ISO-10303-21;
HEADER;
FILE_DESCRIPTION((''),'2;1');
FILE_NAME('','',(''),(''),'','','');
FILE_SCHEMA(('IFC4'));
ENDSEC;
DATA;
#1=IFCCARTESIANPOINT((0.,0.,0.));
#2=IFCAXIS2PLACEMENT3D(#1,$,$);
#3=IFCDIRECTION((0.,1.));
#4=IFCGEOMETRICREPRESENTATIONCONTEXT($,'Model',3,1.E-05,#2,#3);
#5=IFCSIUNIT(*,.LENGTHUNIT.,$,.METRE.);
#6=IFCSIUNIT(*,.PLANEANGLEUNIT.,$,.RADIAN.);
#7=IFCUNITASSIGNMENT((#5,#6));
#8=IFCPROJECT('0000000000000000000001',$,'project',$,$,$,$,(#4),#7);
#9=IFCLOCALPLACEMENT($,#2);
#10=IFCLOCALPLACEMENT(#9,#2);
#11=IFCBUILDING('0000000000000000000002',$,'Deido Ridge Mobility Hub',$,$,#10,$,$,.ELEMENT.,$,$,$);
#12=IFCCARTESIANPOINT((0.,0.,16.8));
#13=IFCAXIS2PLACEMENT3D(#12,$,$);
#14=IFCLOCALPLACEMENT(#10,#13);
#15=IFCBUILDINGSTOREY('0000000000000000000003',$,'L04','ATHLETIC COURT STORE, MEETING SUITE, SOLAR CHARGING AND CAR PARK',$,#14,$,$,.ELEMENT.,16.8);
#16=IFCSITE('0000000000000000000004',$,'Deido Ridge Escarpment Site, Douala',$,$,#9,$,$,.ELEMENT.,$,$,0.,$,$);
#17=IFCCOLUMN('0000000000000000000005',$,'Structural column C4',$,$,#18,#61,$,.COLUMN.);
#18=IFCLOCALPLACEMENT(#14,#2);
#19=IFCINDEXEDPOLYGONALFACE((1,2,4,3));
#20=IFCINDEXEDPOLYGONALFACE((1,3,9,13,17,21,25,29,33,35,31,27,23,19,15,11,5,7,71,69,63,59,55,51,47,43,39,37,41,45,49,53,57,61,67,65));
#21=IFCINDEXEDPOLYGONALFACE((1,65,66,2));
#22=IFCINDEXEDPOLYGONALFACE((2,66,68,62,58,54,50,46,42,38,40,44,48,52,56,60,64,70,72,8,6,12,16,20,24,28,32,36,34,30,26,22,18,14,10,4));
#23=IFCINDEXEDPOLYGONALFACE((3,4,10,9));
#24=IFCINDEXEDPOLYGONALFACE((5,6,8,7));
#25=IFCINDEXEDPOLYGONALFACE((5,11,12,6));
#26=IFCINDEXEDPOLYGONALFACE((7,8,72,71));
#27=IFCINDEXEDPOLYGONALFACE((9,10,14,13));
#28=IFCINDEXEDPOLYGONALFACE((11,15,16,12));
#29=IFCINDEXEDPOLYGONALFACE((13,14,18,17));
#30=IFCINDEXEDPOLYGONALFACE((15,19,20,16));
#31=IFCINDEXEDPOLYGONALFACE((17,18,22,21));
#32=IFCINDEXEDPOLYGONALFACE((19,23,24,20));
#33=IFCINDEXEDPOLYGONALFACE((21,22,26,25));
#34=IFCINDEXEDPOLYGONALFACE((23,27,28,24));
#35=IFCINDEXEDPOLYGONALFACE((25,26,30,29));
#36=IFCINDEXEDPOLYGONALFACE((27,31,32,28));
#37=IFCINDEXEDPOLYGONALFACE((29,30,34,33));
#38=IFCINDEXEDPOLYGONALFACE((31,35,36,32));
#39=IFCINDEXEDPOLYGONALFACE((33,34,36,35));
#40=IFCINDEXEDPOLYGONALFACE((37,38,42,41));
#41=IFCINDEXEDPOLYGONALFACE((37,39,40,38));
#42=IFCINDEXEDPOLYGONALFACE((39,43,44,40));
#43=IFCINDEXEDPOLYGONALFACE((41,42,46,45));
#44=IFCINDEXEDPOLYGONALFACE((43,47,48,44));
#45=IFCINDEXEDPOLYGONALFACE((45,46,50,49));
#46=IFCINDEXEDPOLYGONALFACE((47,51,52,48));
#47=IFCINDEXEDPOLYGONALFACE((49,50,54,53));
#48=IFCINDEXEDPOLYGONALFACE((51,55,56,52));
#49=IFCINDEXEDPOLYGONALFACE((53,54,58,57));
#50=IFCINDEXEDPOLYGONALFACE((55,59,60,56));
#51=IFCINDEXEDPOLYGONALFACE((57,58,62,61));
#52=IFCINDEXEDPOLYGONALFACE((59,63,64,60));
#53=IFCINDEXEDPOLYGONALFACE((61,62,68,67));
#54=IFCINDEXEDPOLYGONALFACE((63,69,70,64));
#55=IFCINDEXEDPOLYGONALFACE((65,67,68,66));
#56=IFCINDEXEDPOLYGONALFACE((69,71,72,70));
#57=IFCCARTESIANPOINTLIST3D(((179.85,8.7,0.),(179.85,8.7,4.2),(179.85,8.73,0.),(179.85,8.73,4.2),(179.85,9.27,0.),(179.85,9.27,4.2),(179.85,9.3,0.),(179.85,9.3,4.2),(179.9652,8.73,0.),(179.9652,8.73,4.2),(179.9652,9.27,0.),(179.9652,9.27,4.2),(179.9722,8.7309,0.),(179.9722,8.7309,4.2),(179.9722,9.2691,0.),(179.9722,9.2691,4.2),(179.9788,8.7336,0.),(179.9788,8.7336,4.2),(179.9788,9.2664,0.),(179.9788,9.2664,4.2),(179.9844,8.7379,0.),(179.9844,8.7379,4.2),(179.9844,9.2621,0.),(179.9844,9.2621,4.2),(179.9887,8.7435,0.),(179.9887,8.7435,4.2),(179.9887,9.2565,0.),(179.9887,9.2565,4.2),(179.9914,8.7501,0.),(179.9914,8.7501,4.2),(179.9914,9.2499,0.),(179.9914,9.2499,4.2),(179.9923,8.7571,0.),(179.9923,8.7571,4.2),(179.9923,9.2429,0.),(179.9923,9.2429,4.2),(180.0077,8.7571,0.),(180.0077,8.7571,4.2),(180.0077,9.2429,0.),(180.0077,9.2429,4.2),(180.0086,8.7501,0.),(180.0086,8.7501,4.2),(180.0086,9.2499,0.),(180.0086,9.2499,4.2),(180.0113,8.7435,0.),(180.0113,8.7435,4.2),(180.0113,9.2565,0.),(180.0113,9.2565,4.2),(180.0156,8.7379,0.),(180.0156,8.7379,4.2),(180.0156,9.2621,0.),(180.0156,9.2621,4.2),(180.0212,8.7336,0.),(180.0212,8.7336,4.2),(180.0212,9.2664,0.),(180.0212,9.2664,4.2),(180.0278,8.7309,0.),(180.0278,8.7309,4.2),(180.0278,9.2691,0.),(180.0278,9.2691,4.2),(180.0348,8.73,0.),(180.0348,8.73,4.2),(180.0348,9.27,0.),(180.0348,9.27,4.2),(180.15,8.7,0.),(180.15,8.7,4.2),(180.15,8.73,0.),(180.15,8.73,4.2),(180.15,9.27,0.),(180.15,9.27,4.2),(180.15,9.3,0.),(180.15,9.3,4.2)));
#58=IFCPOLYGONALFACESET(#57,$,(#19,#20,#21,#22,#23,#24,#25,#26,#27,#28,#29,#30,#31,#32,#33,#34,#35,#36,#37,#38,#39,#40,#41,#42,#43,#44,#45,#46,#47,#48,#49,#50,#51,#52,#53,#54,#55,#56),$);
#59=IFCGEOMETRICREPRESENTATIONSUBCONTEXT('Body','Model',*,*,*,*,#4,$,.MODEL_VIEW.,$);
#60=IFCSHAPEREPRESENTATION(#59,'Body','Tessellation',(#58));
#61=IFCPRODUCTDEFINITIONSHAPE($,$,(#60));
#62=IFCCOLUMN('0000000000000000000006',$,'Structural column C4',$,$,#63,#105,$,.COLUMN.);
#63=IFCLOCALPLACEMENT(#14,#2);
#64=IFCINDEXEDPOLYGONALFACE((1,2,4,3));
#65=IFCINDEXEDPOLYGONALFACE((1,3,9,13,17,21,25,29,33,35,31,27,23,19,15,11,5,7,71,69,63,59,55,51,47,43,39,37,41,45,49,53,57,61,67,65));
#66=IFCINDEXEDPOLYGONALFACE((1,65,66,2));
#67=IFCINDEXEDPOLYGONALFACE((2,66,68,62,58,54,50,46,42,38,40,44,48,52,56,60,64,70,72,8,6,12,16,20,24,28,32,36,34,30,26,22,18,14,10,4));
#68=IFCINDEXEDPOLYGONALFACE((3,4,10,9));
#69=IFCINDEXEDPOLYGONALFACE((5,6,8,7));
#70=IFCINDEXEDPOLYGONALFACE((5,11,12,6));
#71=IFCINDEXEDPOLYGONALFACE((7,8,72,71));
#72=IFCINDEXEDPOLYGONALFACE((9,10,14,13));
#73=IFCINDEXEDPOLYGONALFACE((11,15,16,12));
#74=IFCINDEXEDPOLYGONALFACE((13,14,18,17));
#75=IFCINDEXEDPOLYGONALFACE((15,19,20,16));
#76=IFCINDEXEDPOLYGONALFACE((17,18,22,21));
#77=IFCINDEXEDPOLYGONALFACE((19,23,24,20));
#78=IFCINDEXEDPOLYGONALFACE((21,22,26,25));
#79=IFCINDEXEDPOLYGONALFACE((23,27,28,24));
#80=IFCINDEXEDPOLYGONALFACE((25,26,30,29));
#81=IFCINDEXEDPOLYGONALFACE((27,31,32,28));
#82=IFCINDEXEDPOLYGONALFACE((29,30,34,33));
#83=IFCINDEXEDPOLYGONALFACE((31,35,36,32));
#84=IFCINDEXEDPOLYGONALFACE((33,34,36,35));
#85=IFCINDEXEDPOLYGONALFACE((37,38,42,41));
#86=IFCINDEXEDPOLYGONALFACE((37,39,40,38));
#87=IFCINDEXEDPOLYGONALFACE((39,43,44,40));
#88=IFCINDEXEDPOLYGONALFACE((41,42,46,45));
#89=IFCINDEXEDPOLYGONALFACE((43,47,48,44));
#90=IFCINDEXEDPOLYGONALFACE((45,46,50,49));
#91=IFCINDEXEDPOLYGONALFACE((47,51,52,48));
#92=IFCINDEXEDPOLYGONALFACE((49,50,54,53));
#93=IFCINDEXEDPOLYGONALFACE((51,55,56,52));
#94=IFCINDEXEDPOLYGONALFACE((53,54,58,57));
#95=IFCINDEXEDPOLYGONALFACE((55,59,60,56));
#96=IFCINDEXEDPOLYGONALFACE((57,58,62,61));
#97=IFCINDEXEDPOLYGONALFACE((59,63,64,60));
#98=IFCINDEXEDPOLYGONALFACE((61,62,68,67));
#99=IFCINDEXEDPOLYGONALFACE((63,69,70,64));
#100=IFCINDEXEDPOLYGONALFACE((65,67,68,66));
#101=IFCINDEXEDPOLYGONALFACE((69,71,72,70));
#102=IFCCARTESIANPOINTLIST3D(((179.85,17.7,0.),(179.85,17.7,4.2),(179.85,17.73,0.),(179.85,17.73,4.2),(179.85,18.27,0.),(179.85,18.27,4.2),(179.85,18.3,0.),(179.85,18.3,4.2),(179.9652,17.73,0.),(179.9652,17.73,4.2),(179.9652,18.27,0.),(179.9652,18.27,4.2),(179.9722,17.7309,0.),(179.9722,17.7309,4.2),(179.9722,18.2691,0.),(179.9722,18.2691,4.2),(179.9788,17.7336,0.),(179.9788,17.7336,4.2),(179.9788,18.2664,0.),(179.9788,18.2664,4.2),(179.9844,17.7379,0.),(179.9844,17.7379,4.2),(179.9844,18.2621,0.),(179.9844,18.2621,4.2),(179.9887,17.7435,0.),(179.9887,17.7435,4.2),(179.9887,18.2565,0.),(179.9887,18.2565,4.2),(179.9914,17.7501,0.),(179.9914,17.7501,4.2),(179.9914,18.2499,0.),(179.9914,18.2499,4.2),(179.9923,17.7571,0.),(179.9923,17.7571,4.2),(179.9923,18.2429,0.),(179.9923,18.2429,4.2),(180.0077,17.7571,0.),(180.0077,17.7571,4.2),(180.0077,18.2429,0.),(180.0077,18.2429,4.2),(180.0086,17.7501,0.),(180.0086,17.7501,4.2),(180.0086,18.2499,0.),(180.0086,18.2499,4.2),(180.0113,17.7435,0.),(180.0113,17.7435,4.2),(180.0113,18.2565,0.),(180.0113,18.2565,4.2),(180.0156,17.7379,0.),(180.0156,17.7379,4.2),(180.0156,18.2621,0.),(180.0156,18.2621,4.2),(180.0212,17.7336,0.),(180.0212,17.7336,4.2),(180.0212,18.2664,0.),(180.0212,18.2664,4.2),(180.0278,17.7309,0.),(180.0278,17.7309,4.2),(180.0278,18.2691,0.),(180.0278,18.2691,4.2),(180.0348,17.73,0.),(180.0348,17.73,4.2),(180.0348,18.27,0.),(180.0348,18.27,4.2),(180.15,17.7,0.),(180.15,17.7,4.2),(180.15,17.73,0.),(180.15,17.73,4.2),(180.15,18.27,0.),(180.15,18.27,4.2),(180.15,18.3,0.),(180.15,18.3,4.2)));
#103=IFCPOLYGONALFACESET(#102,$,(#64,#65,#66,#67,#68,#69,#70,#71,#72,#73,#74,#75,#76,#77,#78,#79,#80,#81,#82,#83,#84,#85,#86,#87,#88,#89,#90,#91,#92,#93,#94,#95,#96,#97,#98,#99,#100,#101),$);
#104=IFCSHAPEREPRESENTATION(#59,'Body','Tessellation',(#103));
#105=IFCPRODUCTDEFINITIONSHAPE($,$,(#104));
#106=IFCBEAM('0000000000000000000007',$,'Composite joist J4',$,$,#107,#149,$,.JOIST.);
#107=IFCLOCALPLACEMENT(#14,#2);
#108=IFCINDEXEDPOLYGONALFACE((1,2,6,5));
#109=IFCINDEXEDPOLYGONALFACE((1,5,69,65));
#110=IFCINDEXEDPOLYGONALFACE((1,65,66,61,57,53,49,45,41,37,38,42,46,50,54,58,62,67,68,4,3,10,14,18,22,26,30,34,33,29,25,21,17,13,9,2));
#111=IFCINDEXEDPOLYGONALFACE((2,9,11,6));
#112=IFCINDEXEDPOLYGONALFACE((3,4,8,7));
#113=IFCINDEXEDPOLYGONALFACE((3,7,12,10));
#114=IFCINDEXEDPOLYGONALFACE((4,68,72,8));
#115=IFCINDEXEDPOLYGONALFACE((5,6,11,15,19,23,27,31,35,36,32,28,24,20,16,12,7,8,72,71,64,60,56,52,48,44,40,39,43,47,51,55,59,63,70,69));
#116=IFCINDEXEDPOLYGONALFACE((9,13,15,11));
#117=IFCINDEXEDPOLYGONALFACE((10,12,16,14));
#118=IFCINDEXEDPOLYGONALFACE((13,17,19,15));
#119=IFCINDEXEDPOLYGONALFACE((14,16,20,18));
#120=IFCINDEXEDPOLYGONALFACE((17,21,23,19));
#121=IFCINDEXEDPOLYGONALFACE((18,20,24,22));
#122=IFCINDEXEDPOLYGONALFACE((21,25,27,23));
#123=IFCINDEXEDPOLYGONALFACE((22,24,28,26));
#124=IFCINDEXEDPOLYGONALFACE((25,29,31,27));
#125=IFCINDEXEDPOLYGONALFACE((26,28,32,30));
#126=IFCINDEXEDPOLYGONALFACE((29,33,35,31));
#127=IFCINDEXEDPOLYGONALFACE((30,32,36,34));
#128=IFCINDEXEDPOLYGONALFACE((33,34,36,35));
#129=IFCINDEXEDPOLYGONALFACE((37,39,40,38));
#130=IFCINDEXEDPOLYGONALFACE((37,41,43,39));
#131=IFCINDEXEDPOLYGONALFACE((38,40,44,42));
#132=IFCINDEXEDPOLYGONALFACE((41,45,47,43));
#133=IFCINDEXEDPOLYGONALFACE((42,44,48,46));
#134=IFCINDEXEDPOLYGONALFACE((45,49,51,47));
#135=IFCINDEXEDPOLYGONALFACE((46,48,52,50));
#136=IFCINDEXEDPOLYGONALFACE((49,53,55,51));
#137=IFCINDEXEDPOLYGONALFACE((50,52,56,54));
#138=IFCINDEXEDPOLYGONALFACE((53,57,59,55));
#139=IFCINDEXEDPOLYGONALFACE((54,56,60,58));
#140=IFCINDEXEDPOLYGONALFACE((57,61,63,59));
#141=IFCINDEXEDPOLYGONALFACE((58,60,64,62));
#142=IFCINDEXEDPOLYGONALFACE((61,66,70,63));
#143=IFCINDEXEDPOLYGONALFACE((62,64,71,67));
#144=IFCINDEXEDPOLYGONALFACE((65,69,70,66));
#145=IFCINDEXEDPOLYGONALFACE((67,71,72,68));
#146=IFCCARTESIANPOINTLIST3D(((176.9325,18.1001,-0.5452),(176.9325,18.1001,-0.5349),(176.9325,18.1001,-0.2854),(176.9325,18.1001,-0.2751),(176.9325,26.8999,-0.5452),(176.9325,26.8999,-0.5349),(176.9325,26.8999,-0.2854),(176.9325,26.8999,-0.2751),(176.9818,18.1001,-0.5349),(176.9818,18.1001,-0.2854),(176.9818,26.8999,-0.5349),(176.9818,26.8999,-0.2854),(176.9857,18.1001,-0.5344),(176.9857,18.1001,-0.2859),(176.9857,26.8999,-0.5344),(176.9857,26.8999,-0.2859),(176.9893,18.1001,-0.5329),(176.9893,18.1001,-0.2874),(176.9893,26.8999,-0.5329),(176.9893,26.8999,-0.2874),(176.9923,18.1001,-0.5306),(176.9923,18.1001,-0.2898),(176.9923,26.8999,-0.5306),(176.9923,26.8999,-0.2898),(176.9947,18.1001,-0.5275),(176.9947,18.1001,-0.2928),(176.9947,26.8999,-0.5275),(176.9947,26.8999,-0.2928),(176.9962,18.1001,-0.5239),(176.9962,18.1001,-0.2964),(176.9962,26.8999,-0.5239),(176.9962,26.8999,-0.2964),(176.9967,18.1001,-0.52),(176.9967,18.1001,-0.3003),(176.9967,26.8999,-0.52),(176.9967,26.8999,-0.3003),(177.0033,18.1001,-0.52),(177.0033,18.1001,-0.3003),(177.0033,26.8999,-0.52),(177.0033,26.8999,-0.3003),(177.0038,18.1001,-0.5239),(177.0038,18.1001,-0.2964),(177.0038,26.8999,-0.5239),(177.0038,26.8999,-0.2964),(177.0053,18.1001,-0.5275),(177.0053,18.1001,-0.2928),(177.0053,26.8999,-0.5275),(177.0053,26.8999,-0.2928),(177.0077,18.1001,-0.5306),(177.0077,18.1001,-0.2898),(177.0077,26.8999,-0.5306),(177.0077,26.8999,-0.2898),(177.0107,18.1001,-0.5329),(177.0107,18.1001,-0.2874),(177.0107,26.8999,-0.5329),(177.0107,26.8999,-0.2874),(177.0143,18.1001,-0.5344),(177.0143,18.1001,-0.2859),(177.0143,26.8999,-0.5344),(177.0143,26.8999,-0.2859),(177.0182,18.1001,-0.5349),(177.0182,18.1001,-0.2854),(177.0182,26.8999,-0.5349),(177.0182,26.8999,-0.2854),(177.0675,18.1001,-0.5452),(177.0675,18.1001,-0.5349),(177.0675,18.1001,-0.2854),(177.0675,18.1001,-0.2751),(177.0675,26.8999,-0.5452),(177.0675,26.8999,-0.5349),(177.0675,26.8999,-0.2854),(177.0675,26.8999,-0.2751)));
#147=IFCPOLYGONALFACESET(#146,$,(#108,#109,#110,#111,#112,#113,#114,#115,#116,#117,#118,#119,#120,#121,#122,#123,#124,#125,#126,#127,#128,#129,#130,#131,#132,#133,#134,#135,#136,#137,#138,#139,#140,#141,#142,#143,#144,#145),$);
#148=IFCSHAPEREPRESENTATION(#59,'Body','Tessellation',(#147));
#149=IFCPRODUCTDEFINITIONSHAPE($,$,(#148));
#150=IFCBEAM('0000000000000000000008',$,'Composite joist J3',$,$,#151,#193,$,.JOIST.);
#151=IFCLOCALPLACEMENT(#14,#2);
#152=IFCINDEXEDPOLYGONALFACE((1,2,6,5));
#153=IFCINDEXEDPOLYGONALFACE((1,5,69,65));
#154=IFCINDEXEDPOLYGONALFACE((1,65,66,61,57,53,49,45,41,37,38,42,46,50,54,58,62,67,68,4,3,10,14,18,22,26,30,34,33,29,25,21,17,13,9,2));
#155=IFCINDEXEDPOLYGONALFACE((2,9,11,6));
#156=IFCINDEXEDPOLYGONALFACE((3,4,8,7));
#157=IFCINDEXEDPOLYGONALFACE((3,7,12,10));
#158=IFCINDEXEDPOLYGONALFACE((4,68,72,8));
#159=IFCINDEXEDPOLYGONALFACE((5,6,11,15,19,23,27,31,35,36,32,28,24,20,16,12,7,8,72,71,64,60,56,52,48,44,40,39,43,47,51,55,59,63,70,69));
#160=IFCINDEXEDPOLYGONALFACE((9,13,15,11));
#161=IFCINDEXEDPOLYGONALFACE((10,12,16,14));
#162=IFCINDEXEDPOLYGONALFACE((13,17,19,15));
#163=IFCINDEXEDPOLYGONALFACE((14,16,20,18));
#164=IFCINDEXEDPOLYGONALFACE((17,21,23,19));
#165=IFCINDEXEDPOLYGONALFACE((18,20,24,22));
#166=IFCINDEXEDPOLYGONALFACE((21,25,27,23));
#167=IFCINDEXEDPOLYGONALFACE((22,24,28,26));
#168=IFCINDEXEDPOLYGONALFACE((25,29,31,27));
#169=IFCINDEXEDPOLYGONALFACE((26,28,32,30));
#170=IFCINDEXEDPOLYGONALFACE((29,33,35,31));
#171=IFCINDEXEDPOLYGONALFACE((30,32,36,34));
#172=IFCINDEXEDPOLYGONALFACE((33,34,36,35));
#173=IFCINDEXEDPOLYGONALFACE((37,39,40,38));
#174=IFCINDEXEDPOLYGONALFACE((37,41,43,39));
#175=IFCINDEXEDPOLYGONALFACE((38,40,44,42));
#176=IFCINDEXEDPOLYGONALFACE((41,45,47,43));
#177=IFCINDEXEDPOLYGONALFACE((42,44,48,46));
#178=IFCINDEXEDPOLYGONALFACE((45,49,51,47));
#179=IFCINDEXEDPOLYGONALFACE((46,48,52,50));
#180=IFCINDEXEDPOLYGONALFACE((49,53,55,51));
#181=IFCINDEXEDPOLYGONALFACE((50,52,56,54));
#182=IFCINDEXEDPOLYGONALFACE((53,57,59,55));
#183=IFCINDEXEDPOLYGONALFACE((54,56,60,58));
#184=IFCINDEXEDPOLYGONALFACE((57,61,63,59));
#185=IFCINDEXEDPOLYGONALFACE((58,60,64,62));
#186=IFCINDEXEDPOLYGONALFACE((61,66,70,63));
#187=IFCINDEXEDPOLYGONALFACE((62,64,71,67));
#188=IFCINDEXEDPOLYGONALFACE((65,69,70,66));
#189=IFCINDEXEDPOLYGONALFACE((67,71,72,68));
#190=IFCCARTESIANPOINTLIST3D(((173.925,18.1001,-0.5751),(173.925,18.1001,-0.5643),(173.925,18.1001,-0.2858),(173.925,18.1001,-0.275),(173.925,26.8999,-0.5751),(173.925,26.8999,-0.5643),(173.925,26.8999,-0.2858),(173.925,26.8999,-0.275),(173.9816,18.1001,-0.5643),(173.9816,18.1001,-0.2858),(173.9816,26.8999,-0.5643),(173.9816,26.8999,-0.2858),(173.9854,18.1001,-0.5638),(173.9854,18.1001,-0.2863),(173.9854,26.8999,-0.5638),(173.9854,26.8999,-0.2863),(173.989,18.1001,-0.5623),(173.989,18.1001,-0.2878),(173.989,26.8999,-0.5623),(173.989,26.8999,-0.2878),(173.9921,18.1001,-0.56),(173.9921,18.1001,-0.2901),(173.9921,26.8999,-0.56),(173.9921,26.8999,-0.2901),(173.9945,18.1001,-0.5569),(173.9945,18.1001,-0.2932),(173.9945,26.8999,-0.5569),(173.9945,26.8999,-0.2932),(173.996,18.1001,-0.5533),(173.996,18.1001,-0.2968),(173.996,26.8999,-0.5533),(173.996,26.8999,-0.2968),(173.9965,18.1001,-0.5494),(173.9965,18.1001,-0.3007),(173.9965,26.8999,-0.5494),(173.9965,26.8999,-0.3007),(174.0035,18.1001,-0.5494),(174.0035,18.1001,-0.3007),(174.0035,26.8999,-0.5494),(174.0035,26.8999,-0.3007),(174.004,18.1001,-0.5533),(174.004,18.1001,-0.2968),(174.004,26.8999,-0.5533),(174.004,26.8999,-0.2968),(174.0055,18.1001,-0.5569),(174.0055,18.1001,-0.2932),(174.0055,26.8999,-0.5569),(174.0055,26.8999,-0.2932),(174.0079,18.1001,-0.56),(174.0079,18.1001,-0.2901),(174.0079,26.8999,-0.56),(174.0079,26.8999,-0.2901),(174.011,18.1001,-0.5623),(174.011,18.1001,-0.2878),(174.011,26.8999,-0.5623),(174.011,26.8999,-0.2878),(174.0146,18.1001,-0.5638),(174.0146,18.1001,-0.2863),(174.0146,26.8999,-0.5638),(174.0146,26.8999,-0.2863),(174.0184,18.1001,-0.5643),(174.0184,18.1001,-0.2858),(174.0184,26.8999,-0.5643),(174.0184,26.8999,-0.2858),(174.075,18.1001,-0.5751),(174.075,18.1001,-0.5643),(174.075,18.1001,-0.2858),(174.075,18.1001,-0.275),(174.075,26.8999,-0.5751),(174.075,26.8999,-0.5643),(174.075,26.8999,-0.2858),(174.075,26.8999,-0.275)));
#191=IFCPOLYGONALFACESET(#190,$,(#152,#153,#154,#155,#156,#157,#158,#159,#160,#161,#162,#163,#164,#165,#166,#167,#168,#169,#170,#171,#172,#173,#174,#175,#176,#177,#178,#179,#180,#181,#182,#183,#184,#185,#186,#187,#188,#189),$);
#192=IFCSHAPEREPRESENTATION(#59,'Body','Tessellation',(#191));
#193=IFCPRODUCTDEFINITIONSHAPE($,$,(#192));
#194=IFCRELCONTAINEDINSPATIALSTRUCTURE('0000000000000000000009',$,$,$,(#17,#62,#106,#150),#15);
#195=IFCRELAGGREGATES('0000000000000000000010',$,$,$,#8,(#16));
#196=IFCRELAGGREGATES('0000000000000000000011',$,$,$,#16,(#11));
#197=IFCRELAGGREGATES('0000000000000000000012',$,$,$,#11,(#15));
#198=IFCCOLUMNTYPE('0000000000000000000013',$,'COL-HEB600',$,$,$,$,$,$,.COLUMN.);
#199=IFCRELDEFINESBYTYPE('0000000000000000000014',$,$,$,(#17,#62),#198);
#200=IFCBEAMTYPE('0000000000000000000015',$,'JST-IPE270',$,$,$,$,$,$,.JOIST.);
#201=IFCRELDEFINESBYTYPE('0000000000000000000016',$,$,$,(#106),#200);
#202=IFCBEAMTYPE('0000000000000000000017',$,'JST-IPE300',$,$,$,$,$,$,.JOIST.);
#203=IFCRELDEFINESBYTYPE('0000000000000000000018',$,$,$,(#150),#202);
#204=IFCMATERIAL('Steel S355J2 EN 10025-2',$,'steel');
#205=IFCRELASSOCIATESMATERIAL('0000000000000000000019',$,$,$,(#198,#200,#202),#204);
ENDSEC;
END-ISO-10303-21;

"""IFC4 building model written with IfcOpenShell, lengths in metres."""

from ifc_helpers import new_model, si_unit, direction, frame, origin, origin_2d, place, context, subcontext, project, spatial, i_section, extrude, material, material_profile, profile_set, type_object, element, save


model = new_model("IFC4")

# Units and contexts
model_context = context("Model", 3, precision=1e-05, world=origin(), true_north=direction((0.0, 1.0)))
body_context = subcontext(model_context, "Body", "Model", "MODEL_VIEW")
ifc_project = project(units=[si_unit("LENGTHUNIT", "METRE"), si_unit("PLANEANGLEUNIT", "RADIAN")], contexts=[model_context])

# Site, building, storey
site_placement = place(None, origin())
site = spatial("IfcSite", under=ifc_project, at=site_placement, Name="Deido Ridge Escarpment Site, Douala", CompositionType="ELEMENT", RefElevation=0.0)
building_placement = place(site_placement, origin())
building = spatial("IfcBuilding", under=site, at=building_placement, Name="Deido Ridge Mobility Hub", CompositionType="ELEMENT")
storey_placement = place(building_placement, frame((0.0, 0.0, 16.8)))
storey = spatial("IfcBuildingStorey", under=building, at=storey_placement, Name="L04", Description="ATHLETIC COURT STORE, MEETING SUITE, SOLAR CHARGING AND CAR PARK", CompositionType="ELEMENT", Elevation=16.8)

# Columns
ifc_material_1 = material(Name="Steel S355J2 EN 10025-2", Category="steel")
ifc_material_profile_1 = material_profile(ifc_material_1, i_section(OverallWidth=0.3, OverallDepth=0.6001, WebThickness=0.0154, FlangeThickness=0.03, FilletRadius=0.0271, at=origin_2d()), Name="HEB 600")
ifc_profile_set_1 = profile_set([ifc_material_profile_1], Name="Steel S355J2 EN 10025-2")
column_type = type_object("IfcColumnType", Name="COL-HEB600", PredefinedType="COLUMN", material=ifc_profile_set_1)
for number, where, z_axis, x_axis, name in (
    (1, (180.0, 9.0, 0.0), (0.0, 0.0, 1.0), (1.0, 0.0, 0.0), "Structural column C4"),
    (2, (180.0, 18.0, 0.0), (0.0, 0.0, 1.0), (1.0, 0.0, 0.0), "Structural column C4"),
):
    element("IfcColumn", number, at=place(storey_placement, frame(where, z_axis=z_axis, x_axis=x_axis)), inside=storey, type_object=column_type, Name=name, PredefinedType="COLUMN", context=body_context, shape_type="SweptSolid", body=[
        extrude(i_section(OverallWidth=0.3, OverallDepth=0.6001, WebThickness=0.0154, FlangeThickness=0.03, FilletRadius=0.0271, at=origin_2d()), origin(), (0.0, 0.0, 1.0), 4.2),
    ])

# Beams
ifc_material_profile_2 = material_profile(ifc_material_1, i_section(OverallWidth=0.135, OverallDepth=0.27, WebThickness=0.0066, FlangeThickness=0.0103, FilletRadius=0.0149, at=origin_2d()), Name="IPE 270")
ifc_profile_set_2 = profile_set([ifc_material_profile_2], Name="Steel S355J2 EN 10025-2")
beam_type_1 = type_object("IfcBeamType", Name="JST-IPE270", PredefinedType="JOIST", material=ifc_profile_set_2)
beam_1_placement = place(storey_placement, frame((177.0, 18.1001, -0.4102), z_axis=(0.0, 1.0, 0.0), x_axis=(-1.0, 0.0, 0.0)))
element("IfcBeam", 3, at=beam_1_placement, inside=storey, type_object=beam_type_1, Name="Composite joist J4", PredefinedType="JOIST", context=body_context, shape_type="SweptSolid", body=[
    extrude(i_section(OverallWidth=0.135, OverallDepth=0.27, WebThickness=0.0066, FlangeThickness=0.0103, FilletRadius=0.0149, at=origin_2d()), origin(), (0.0, 0.0, 1.0), 8.7998),
])
ifc_material_profile_3 = material_profile(ifc_material_1, i_section(OverallWidth=0.1499, OverallDepth=0.3, WebThickness=0.0071, FlangeThickness=0.0107, FilletRadius=0.0149, at=origin_2d()), Name="IPE 300")
ifc_profile_set_3 = profile_set([ifc_material_profile_3], Name="Steel S355J2 EN 10025-2")
beam_type_2 = type_object("IfcBeamType", Name="JST-IPE300", PredefinedType="JOIST", material=ifc_profile_set_3)
beam_2_placement = place(storey_placement, frame((174.0, 18.1001, -0.425), z_axis=(0.0, 1.0, 0.0), x_axis=(-1.0, 0.0, 0.0)))
element("IfcBeam", 4, at=beam_2_placement, inside=storey, type_object=beam_type_2, Name="Composite joist J3", PredefinedType="JOIST", context=body_context, shape_type="SweptSolid", body=[
    extrude(i_section(OverallWidth=0.1499, OverallDepth=0.3, WebThickness=0.0071, FlangeThickness=0.0107, FilletRadius=0.0149, at=origin_2d()), origin(), (0.0, 0.0, 1.0), 8.7998),
])

save(model, "model.ifc")
